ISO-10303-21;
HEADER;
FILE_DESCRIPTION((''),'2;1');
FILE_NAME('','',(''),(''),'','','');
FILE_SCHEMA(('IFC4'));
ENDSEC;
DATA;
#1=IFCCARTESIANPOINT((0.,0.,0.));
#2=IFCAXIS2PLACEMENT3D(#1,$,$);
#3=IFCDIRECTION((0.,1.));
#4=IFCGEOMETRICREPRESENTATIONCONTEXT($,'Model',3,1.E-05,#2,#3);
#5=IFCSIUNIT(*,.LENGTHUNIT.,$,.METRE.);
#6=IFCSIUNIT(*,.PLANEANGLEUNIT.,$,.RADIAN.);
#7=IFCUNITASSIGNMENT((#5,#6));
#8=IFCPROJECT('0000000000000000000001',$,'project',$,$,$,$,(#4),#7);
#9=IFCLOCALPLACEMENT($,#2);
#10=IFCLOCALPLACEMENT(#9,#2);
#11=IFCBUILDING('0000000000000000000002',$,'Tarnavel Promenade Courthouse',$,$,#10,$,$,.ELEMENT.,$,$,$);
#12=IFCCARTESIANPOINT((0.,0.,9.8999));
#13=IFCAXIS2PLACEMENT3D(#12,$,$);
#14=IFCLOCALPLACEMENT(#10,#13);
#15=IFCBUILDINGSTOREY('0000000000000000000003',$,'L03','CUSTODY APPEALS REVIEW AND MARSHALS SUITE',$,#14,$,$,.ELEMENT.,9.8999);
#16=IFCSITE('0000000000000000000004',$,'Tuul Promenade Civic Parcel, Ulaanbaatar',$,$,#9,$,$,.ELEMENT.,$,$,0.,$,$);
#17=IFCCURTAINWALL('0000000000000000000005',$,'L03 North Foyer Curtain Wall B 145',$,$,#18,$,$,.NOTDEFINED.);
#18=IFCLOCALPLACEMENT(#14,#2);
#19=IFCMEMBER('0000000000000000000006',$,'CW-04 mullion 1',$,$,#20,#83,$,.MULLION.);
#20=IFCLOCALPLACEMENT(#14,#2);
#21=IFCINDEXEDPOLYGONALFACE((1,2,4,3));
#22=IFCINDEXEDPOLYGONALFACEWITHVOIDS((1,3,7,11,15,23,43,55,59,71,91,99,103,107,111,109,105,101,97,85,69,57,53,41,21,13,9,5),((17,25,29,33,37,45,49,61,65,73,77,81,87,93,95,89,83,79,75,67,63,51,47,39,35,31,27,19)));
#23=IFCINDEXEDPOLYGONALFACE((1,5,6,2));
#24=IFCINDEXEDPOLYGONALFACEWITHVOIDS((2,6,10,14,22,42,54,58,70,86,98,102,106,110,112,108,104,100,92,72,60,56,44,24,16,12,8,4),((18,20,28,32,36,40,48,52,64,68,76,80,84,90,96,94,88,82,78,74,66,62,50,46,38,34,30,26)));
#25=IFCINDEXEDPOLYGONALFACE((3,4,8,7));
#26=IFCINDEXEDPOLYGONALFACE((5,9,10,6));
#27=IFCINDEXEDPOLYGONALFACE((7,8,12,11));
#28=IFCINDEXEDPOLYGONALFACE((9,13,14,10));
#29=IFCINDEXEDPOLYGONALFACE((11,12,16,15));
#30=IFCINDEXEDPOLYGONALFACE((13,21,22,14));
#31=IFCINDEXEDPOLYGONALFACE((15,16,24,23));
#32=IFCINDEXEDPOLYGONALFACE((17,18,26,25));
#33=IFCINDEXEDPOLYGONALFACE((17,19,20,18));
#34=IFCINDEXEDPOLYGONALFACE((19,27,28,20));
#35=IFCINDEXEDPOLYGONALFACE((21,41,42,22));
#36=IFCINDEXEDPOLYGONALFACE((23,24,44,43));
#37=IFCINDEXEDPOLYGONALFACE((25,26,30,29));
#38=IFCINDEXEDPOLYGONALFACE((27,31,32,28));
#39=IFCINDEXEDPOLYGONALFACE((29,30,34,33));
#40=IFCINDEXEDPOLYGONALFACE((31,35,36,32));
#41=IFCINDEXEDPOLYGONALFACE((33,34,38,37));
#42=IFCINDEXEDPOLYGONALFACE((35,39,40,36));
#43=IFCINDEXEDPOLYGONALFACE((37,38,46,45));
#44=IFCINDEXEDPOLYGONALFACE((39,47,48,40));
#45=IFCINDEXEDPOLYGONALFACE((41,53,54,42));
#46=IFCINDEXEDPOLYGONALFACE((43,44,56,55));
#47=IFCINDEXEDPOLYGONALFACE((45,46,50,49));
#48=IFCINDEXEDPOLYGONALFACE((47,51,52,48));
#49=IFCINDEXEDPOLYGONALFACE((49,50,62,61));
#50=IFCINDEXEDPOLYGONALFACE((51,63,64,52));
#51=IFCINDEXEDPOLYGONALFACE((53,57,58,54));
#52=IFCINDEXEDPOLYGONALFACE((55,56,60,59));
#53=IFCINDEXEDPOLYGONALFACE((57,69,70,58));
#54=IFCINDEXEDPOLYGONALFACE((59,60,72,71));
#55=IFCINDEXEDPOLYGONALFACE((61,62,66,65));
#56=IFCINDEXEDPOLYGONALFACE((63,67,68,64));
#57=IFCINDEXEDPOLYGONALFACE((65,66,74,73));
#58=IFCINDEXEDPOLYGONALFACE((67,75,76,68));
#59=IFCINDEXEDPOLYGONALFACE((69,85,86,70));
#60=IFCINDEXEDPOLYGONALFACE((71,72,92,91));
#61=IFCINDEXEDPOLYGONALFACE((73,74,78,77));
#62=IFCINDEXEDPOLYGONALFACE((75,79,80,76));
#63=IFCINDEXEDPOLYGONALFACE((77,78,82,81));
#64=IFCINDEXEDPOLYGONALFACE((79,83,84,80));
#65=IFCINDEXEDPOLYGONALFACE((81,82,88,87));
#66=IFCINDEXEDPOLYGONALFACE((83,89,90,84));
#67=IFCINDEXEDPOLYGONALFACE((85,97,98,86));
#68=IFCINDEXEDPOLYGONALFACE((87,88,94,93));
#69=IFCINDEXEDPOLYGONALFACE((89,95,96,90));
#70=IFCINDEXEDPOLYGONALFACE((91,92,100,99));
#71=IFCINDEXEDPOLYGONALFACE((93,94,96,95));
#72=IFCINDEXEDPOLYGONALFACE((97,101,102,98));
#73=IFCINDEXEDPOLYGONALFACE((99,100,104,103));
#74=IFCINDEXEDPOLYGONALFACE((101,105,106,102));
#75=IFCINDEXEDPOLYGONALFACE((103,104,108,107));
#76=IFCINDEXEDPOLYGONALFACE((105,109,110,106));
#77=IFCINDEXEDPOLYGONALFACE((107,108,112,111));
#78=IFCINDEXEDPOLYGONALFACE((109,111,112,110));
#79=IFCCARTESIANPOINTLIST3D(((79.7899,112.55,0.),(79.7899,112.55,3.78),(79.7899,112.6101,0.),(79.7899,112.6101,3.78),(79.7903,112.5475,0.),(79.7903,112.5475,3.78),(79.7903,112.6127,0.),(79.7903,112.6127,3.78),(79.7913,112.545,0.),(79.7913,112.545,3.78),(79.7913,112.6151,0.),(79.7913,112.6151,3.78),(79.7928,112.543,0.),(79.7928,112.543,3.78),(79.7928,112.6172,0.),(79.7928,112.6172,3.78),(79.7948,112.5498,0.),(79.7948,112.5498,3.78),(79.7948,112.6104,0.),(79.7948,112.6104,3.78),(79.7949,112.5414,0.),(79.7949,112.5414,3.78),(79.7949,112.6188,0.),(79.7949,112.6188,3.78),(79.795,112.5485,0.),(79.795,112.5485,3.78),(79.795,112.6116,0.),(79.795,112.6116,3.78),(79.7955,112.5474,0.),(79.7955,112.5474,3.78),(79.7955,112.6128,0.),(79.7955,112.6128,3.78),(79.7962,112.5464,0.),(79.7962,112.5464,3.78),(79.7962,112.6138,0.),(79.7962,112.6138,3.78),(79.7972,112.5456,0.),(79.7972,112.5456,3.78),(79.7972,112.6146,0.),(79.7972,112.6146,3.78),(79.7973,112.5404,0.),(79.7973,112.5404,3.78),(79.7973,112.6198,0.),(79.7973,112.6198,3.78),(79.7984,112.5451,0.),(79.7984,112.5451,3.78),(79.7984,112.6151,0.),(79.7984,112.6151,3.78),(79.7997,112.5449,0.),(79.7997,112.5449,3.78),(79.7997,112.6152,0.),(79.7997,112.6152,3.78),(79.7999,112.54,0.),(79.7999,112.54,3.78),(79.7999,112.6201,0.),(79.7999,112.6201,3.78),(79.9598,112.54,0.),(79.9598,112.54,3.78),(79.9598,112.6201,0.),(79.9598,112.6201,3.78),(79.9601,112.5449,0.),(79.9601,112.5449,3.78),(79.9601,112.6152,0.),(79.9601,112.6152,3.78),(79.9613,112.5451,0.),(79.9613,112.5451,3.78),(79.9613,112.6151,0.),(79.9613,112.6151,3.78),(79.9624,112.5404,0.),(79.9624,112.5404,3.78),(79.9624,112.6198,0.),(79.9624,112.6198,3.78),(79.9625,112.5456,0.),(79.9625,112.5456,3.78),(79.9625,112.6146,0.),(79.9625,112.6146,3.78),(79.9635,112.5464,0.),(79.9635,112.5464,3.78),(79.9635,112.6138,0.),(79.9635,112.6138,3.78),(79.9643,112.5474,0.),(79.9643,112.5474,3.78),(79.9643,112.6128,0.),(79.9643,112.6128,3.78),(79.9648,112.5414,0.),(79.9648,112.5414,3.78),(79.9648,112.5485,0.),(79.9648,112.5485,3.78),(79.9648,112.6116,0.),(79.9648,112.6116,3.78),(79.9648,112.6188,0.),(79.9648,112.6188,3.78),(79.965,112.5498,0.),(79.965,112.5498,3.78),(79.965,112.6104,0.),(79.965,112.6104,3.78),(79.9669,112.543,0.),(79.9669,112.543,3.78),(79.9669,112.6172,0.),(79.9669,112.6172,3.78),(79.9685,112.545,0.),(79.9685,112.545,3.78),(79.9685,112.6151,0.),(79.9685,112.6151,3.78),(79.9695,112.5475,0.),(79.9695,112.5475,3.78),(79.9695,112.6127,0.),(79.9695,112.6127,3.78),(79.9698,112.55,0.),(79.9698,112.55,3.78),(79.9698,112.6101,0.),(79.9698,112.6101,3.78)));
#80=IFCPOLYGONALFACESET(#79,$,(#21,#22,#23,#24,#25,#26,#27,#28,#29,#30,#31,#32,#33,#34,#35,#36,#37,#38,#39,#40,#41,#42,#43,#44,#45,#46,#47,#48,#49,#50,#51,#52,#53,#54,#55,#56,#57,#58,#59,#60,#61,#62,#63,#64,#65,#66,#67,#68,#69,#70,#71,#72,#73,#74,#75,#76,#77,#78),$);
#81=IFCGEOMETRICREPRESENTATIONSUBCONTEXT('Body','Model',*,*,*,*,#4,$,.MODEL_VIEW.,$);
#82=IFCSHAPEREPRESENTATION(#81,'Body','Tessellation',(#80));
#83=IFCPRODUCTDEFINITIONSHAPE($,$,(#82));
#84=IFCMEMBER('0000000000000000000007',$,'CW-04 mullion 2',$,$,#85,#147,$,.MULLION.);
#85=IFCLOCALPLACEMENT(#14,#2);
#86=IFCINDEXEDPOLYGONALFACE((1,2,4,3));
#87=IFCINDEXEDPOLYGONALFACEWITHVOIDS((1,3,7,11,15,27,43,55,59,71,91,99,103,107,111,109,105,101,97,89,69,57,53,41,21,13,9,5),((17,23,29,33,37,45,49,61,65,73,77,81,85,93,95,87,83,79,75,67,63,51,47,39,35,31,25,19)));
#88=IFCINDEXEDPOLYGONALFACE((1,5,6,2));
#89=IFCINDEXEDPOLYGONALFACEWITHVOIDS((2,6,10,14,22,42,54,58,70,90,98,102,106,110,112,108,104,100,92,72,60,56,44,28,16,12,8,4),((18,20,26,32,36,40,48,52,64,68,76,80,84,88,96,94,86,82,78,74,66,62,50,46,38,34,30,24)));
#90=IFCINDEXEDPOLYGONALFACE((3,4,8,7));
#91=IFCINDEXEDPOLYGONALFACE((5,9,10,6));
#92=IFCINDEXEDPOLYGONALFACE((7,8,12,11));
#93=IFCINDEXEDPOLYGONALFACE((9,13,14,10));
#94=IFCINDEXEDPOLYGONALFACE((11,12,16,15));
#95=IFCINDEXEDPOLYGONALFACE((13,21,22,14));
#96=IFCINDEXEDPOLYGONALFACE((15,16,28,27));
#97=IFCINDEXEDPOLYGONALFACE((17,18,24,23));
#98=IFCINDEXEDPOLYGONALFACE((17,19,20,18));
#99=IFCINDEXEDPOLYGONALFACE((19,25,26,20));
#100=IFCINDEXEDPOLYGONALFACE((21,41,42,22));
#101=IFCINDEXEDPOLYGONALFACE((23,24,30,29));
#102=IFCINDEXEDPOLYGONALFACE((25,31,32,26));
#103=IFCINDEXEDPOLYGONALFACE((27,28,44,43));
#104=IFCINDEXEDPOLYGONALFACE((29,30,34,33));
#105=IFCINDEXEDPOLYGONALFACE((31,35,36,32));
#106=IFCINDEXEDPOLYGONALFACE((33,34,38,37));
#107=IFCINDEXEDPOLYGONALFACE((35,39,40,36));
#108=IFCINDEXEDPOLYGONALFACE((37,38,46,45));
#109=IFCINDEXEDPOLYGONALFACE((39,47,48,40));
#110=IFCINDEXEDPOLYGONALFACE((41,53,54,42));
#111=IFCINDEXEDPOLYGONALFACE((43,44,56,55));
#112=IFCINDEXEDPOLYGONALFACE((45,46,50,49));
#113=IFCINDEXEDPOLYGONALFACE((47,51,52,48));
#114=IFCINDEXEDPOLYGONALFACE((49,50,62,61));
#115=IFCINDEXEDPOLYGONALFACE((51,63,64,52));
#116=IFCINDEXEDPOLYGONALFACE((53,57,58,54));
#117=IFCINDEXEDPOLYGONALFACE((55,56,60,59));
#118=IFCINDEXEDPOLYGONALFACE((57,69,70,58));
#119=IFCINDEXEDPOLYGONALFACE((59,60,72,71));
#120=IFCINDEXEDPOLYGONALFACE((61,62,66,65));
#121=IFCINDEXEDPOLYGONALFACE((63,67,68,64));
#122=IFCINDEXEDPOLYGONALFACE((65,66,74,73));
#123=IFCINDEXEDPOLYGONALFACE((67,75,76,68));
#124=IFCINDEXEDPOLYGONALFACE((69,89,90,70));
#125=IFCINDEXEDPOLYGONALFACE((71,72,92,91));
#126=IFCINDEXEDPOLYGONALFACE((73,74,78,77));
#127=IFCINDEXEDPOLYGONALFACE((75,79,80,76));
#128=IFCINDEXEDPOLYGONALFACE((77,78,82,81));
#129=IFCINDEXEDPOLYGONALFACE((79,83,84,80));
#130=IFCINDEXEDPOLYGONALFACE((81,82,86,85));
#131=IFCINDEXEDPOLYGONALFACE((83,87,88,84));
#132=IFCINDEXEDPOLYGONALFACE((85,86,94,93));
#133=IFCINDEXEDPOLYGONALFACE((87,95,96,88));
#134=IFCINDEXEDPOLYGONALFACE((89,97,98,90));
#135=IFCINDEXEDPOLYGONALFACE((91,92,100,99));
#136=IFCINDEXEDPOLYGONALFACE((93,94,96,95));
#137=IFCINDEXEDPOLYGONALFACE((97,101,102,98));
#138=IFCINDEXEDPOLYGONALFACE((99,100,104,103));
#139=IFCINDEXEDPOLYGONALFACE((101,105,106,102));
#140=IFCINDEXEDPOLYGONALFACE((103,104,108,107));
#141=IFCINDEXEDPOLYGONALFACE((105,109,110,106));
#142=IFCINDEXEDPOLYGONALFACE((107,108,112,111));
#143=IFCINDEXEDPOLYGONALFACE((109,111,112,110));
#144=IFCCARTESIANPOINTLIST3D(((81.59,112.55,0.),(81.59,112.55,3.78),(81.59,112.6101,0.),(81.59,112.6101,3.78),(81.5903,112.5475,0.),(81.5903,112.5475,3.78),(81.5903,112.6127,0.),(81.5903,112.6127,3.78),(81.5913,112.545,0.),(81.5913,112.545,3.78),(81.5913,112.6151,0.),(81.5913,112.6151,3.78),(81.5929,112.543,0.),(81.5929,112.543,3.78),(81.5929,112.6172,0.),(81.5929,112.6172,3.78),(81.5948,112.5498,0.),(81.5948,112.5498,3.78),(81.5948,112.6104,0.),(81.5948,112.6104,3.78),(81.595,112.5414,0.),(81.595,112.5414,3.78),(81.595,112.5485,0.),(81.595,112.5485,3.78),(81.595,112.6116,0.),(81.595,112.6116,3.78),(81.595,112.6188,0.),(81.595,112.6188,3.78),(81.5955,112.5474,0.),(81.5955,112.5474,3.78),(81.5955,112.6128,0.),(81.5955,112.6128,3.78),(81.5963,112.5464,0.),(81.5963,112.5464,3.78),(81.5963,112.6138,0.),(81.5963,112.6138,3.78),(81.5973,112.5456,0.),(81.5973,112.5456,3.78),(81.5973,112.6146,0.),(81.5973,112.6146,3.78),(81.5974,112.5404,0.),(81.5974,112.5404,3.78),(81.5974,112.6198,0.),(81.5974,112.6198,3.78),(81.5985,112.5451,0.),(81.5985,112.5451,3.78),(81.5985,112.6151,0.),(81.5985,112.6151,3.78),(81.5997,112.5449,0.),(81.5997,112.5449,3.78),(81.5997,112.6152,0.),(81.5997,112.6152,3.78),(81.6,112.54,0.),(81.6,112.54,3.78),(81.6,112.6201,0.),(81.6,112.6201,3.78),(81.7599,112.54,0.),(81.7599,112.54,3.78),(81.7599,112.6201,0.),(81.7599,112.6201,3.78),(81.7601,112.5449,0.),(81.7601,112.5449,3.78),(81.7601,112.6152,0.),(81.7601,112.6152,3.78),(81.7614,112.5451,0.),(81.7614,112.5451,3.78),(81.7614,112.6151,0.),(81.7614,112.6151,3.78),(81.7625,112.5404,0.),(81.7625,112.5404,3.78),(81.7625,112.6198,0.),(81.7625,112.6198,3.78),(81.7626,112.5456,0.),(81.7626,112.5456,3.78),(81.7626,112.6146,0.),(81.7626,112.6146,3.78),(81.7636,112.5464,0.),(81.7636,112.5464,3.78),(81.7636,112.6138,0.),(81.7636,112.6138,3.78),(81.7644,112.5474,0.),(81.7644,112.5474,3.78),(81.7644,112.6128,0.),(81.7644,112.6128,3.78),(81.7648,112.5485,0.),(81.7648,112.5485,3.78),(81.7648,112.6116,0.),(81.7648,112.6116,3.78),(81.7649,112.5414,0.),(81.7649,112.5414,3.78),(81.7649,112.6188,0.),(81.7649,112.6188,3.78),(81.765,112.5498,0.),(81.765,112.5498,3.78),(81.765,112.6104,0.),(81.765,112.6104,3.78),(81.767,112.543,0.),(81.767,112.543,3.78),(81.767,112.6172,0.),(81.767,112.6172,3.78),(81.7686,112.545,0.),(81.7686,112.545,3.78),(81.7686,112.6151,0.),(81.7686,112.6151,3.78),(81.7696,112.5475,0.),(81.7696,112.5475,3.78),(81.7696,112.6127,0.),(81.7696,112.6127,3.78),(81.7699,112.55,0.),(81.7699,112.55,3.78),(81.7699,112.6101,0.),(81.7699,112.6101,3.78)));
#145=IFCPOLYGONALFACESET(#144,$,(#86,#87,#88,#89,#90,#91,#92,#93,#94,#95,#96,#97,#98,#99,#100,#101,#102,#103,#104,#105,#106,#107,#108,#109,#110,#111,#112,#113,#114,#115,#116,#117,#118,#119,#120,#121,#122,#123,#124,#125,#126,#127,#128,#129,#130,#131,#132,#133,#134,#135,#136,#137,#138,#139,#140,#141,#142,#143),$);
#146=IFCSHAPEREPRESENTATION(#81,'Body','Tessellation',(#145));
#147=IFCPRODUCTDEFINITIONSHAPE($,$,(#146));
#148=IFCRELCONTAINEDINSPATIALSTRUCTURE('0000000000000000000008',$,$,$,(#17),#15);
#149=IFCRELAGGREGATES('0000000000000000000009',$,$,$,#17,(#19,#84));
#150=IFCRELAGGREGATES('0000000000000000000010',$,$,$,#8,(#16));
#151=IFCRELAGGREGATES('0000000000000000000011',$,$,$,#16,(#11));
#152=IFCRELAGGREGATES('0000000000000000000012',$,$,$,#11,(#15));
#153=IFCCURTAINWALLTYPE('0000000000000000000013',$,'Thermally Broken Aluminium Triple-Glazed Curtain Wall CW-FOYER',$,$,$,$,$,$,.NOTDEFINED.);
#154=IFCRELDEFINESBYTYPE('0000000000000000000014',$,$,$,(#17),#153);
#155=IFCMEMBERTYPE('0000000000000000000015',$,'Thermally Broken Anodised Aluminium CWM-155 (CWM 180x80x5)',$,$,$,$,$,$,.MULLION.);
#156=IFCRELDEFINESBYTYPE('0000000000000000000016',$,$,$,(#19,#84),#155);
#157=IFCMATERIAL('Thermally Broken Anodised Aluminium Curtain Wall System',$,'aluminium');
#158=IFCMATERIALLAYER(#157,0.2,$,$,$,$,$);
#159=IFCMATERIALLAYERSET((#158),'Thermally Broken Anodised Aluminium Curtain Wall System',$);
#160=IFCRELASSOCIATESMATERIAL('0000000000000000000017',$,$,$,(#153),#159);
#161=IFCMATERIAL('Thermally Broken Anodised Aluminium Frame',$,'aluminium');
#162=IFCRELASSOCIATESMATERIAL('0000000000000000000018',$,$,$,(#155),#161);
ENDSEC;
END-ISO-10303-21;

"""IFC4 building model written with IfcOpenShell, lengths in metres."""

from ifc_helpers import new_model, si_unit, direction, frame, origin, origin_2d, place, context, subcontext, project, spatial, hollow_rectangle, extrude, material, layer, layer_set, material_profile, profile_set, type_object, element, aggregate, save


model = new_model("IFC4")

# Units and contexts
model_context = context("Model", 3, precision=1e-05, world=origin(), true_north=direction((0.0, 1.0)))
body_context = subcontext(model_context, "Body", "Model", "MODEL_VIEW")
ifc_project = project(units=[si_unit("LENGTHUNIT", "METRE"), si_unit("PLANEANGLEUNIT", "RADIAN")], contexts=[model_context])

# Site, building, storey
site_placement = place(None, origin())
site = spatial("IfcSite", under=ifc_project, at=site_placement, Name="Tuul Promenade Civic Parcel, Ulaanbaatar", CompositionType="ELEMENT", RefElevation=0.0)
building_placement = place(site_placement, origin())
building = spatial("IfcBuilding", under=site, at=building_placement, Name="Tarnavel Promenade Courthouse", CompositionType="ELEMENT")
storey_placement = place(building_placement, frame((0.0, 0.0, 9.8999)))
storey = spatial("IfcBuildingStorey", under=building, at=storey_placement, Name="L03", Description="CUSTODY APPEALS REVIEW AND MARSHALS SUITE", CompositionType="ELEMENT", Elevation=9.8999)

# Shared definitions
ifc_material_1 = material(Name="Thermally Broken Anodised Aluminium Curtain Wall System", Category="aluminium")
ifc_layer_1 = layer(ifc_material_1, 0.2)
ifc_layer_set_1 = layer_set([ifc_layer_1], Name="Thermally Broken Anodised Aluminium Curtain Wall System")
curtain_wall_type = type_object("IfcCurtainWallType", Name="Thermally Broken Aluminium Triple-Glazed Curtain Wall CW-FOYER", PredefinedType="NOTDEFINED", material=ifc_layer_set_1)
ifc_material_2 = material(Name="Thermally Broken Anodised Aluminium Frame", Category="aluminium")
ifc_material_profile_1 = material_profile(ifc_material_2, hollow_rectangle(XDim=0.0801, YDim=0.1799, WallThickness=0.0049, InnerFilletRadius=0.0049, OuterFilletRadius=0.01, at=origin_2d()), Name="CWM 180x80x5")
ifc_profile_set_1 = profile_set([ifc_material_profile_1], Name="Thermally Broken Anodised Aluminium Frame")
member_type_1 = type_object("IfcMemberType", Name="Thermally Broken Anodised Aluminium CWM-155 (CWM 180x80x5)", PredefinedType="MULLION", material=ifc_profile_set_1)

# Curtain wall, members
curtain_wall_1_placement = place(storey_placement, origin())
curtain_wall_1 = element("IfcCurtainWall", 1, at=curtain_wall_1_placement, inside=storey, type_object=curtain_wall_type, Name="L03 North Foyer Curtain Wall B 145", PredefinedType="NOTDEFINED")
member_1_placement = place(storey_placement, frame((79.8799, 112.5801, 0.0), z_axis=(0.0, 0.0, 1.0), x_axis=(0.0, 1.0, 0.0)))
member_1 = element("IfcMember", 2, at=member_1_placement, type_object=member_type_1, Name="CW-04 mullion 1", PredefinedType="MULLION", context=body_context, shape_type="SweptSolid", body=[
    extrude(hollow_rectangle(XDim=0.0801, YDim=0.1799, WallThickness=0.0049, InnerFilletRadius=0.0049, OuterFilletRadius=0.01, at=origin_2d()), origin(), (0.0, 0.0, 1.0), 3.78),
])
member_2_placement = place(storey_placement, frame((81.6799, 112.5801, 0.0), z_axis=(0.0, 0.0, 1.0), x_axis=(0.0, 1.0, 0.0)))
member_2 = element("IfcMember", 3, at=member_2_placement, type_object=member_type_1, Name="CW-04 mullion 2", PredefinedType="MULLION", context=body_context, shape_type="SweptSolid", body=[
    extrude(hollow_rectangle(XDim=0.0801, YDim=0.1799, WallThickness=0.0049, InnerFilletRadius=0.0049, OuterFilletRadius=0.01, at=origin_2d()), origin(), (0.0, 0.0, 1.0), 3.78),
])

aggregate(curtain_wall_1, [member_1, member_2])

save(model, "model.ifc")
